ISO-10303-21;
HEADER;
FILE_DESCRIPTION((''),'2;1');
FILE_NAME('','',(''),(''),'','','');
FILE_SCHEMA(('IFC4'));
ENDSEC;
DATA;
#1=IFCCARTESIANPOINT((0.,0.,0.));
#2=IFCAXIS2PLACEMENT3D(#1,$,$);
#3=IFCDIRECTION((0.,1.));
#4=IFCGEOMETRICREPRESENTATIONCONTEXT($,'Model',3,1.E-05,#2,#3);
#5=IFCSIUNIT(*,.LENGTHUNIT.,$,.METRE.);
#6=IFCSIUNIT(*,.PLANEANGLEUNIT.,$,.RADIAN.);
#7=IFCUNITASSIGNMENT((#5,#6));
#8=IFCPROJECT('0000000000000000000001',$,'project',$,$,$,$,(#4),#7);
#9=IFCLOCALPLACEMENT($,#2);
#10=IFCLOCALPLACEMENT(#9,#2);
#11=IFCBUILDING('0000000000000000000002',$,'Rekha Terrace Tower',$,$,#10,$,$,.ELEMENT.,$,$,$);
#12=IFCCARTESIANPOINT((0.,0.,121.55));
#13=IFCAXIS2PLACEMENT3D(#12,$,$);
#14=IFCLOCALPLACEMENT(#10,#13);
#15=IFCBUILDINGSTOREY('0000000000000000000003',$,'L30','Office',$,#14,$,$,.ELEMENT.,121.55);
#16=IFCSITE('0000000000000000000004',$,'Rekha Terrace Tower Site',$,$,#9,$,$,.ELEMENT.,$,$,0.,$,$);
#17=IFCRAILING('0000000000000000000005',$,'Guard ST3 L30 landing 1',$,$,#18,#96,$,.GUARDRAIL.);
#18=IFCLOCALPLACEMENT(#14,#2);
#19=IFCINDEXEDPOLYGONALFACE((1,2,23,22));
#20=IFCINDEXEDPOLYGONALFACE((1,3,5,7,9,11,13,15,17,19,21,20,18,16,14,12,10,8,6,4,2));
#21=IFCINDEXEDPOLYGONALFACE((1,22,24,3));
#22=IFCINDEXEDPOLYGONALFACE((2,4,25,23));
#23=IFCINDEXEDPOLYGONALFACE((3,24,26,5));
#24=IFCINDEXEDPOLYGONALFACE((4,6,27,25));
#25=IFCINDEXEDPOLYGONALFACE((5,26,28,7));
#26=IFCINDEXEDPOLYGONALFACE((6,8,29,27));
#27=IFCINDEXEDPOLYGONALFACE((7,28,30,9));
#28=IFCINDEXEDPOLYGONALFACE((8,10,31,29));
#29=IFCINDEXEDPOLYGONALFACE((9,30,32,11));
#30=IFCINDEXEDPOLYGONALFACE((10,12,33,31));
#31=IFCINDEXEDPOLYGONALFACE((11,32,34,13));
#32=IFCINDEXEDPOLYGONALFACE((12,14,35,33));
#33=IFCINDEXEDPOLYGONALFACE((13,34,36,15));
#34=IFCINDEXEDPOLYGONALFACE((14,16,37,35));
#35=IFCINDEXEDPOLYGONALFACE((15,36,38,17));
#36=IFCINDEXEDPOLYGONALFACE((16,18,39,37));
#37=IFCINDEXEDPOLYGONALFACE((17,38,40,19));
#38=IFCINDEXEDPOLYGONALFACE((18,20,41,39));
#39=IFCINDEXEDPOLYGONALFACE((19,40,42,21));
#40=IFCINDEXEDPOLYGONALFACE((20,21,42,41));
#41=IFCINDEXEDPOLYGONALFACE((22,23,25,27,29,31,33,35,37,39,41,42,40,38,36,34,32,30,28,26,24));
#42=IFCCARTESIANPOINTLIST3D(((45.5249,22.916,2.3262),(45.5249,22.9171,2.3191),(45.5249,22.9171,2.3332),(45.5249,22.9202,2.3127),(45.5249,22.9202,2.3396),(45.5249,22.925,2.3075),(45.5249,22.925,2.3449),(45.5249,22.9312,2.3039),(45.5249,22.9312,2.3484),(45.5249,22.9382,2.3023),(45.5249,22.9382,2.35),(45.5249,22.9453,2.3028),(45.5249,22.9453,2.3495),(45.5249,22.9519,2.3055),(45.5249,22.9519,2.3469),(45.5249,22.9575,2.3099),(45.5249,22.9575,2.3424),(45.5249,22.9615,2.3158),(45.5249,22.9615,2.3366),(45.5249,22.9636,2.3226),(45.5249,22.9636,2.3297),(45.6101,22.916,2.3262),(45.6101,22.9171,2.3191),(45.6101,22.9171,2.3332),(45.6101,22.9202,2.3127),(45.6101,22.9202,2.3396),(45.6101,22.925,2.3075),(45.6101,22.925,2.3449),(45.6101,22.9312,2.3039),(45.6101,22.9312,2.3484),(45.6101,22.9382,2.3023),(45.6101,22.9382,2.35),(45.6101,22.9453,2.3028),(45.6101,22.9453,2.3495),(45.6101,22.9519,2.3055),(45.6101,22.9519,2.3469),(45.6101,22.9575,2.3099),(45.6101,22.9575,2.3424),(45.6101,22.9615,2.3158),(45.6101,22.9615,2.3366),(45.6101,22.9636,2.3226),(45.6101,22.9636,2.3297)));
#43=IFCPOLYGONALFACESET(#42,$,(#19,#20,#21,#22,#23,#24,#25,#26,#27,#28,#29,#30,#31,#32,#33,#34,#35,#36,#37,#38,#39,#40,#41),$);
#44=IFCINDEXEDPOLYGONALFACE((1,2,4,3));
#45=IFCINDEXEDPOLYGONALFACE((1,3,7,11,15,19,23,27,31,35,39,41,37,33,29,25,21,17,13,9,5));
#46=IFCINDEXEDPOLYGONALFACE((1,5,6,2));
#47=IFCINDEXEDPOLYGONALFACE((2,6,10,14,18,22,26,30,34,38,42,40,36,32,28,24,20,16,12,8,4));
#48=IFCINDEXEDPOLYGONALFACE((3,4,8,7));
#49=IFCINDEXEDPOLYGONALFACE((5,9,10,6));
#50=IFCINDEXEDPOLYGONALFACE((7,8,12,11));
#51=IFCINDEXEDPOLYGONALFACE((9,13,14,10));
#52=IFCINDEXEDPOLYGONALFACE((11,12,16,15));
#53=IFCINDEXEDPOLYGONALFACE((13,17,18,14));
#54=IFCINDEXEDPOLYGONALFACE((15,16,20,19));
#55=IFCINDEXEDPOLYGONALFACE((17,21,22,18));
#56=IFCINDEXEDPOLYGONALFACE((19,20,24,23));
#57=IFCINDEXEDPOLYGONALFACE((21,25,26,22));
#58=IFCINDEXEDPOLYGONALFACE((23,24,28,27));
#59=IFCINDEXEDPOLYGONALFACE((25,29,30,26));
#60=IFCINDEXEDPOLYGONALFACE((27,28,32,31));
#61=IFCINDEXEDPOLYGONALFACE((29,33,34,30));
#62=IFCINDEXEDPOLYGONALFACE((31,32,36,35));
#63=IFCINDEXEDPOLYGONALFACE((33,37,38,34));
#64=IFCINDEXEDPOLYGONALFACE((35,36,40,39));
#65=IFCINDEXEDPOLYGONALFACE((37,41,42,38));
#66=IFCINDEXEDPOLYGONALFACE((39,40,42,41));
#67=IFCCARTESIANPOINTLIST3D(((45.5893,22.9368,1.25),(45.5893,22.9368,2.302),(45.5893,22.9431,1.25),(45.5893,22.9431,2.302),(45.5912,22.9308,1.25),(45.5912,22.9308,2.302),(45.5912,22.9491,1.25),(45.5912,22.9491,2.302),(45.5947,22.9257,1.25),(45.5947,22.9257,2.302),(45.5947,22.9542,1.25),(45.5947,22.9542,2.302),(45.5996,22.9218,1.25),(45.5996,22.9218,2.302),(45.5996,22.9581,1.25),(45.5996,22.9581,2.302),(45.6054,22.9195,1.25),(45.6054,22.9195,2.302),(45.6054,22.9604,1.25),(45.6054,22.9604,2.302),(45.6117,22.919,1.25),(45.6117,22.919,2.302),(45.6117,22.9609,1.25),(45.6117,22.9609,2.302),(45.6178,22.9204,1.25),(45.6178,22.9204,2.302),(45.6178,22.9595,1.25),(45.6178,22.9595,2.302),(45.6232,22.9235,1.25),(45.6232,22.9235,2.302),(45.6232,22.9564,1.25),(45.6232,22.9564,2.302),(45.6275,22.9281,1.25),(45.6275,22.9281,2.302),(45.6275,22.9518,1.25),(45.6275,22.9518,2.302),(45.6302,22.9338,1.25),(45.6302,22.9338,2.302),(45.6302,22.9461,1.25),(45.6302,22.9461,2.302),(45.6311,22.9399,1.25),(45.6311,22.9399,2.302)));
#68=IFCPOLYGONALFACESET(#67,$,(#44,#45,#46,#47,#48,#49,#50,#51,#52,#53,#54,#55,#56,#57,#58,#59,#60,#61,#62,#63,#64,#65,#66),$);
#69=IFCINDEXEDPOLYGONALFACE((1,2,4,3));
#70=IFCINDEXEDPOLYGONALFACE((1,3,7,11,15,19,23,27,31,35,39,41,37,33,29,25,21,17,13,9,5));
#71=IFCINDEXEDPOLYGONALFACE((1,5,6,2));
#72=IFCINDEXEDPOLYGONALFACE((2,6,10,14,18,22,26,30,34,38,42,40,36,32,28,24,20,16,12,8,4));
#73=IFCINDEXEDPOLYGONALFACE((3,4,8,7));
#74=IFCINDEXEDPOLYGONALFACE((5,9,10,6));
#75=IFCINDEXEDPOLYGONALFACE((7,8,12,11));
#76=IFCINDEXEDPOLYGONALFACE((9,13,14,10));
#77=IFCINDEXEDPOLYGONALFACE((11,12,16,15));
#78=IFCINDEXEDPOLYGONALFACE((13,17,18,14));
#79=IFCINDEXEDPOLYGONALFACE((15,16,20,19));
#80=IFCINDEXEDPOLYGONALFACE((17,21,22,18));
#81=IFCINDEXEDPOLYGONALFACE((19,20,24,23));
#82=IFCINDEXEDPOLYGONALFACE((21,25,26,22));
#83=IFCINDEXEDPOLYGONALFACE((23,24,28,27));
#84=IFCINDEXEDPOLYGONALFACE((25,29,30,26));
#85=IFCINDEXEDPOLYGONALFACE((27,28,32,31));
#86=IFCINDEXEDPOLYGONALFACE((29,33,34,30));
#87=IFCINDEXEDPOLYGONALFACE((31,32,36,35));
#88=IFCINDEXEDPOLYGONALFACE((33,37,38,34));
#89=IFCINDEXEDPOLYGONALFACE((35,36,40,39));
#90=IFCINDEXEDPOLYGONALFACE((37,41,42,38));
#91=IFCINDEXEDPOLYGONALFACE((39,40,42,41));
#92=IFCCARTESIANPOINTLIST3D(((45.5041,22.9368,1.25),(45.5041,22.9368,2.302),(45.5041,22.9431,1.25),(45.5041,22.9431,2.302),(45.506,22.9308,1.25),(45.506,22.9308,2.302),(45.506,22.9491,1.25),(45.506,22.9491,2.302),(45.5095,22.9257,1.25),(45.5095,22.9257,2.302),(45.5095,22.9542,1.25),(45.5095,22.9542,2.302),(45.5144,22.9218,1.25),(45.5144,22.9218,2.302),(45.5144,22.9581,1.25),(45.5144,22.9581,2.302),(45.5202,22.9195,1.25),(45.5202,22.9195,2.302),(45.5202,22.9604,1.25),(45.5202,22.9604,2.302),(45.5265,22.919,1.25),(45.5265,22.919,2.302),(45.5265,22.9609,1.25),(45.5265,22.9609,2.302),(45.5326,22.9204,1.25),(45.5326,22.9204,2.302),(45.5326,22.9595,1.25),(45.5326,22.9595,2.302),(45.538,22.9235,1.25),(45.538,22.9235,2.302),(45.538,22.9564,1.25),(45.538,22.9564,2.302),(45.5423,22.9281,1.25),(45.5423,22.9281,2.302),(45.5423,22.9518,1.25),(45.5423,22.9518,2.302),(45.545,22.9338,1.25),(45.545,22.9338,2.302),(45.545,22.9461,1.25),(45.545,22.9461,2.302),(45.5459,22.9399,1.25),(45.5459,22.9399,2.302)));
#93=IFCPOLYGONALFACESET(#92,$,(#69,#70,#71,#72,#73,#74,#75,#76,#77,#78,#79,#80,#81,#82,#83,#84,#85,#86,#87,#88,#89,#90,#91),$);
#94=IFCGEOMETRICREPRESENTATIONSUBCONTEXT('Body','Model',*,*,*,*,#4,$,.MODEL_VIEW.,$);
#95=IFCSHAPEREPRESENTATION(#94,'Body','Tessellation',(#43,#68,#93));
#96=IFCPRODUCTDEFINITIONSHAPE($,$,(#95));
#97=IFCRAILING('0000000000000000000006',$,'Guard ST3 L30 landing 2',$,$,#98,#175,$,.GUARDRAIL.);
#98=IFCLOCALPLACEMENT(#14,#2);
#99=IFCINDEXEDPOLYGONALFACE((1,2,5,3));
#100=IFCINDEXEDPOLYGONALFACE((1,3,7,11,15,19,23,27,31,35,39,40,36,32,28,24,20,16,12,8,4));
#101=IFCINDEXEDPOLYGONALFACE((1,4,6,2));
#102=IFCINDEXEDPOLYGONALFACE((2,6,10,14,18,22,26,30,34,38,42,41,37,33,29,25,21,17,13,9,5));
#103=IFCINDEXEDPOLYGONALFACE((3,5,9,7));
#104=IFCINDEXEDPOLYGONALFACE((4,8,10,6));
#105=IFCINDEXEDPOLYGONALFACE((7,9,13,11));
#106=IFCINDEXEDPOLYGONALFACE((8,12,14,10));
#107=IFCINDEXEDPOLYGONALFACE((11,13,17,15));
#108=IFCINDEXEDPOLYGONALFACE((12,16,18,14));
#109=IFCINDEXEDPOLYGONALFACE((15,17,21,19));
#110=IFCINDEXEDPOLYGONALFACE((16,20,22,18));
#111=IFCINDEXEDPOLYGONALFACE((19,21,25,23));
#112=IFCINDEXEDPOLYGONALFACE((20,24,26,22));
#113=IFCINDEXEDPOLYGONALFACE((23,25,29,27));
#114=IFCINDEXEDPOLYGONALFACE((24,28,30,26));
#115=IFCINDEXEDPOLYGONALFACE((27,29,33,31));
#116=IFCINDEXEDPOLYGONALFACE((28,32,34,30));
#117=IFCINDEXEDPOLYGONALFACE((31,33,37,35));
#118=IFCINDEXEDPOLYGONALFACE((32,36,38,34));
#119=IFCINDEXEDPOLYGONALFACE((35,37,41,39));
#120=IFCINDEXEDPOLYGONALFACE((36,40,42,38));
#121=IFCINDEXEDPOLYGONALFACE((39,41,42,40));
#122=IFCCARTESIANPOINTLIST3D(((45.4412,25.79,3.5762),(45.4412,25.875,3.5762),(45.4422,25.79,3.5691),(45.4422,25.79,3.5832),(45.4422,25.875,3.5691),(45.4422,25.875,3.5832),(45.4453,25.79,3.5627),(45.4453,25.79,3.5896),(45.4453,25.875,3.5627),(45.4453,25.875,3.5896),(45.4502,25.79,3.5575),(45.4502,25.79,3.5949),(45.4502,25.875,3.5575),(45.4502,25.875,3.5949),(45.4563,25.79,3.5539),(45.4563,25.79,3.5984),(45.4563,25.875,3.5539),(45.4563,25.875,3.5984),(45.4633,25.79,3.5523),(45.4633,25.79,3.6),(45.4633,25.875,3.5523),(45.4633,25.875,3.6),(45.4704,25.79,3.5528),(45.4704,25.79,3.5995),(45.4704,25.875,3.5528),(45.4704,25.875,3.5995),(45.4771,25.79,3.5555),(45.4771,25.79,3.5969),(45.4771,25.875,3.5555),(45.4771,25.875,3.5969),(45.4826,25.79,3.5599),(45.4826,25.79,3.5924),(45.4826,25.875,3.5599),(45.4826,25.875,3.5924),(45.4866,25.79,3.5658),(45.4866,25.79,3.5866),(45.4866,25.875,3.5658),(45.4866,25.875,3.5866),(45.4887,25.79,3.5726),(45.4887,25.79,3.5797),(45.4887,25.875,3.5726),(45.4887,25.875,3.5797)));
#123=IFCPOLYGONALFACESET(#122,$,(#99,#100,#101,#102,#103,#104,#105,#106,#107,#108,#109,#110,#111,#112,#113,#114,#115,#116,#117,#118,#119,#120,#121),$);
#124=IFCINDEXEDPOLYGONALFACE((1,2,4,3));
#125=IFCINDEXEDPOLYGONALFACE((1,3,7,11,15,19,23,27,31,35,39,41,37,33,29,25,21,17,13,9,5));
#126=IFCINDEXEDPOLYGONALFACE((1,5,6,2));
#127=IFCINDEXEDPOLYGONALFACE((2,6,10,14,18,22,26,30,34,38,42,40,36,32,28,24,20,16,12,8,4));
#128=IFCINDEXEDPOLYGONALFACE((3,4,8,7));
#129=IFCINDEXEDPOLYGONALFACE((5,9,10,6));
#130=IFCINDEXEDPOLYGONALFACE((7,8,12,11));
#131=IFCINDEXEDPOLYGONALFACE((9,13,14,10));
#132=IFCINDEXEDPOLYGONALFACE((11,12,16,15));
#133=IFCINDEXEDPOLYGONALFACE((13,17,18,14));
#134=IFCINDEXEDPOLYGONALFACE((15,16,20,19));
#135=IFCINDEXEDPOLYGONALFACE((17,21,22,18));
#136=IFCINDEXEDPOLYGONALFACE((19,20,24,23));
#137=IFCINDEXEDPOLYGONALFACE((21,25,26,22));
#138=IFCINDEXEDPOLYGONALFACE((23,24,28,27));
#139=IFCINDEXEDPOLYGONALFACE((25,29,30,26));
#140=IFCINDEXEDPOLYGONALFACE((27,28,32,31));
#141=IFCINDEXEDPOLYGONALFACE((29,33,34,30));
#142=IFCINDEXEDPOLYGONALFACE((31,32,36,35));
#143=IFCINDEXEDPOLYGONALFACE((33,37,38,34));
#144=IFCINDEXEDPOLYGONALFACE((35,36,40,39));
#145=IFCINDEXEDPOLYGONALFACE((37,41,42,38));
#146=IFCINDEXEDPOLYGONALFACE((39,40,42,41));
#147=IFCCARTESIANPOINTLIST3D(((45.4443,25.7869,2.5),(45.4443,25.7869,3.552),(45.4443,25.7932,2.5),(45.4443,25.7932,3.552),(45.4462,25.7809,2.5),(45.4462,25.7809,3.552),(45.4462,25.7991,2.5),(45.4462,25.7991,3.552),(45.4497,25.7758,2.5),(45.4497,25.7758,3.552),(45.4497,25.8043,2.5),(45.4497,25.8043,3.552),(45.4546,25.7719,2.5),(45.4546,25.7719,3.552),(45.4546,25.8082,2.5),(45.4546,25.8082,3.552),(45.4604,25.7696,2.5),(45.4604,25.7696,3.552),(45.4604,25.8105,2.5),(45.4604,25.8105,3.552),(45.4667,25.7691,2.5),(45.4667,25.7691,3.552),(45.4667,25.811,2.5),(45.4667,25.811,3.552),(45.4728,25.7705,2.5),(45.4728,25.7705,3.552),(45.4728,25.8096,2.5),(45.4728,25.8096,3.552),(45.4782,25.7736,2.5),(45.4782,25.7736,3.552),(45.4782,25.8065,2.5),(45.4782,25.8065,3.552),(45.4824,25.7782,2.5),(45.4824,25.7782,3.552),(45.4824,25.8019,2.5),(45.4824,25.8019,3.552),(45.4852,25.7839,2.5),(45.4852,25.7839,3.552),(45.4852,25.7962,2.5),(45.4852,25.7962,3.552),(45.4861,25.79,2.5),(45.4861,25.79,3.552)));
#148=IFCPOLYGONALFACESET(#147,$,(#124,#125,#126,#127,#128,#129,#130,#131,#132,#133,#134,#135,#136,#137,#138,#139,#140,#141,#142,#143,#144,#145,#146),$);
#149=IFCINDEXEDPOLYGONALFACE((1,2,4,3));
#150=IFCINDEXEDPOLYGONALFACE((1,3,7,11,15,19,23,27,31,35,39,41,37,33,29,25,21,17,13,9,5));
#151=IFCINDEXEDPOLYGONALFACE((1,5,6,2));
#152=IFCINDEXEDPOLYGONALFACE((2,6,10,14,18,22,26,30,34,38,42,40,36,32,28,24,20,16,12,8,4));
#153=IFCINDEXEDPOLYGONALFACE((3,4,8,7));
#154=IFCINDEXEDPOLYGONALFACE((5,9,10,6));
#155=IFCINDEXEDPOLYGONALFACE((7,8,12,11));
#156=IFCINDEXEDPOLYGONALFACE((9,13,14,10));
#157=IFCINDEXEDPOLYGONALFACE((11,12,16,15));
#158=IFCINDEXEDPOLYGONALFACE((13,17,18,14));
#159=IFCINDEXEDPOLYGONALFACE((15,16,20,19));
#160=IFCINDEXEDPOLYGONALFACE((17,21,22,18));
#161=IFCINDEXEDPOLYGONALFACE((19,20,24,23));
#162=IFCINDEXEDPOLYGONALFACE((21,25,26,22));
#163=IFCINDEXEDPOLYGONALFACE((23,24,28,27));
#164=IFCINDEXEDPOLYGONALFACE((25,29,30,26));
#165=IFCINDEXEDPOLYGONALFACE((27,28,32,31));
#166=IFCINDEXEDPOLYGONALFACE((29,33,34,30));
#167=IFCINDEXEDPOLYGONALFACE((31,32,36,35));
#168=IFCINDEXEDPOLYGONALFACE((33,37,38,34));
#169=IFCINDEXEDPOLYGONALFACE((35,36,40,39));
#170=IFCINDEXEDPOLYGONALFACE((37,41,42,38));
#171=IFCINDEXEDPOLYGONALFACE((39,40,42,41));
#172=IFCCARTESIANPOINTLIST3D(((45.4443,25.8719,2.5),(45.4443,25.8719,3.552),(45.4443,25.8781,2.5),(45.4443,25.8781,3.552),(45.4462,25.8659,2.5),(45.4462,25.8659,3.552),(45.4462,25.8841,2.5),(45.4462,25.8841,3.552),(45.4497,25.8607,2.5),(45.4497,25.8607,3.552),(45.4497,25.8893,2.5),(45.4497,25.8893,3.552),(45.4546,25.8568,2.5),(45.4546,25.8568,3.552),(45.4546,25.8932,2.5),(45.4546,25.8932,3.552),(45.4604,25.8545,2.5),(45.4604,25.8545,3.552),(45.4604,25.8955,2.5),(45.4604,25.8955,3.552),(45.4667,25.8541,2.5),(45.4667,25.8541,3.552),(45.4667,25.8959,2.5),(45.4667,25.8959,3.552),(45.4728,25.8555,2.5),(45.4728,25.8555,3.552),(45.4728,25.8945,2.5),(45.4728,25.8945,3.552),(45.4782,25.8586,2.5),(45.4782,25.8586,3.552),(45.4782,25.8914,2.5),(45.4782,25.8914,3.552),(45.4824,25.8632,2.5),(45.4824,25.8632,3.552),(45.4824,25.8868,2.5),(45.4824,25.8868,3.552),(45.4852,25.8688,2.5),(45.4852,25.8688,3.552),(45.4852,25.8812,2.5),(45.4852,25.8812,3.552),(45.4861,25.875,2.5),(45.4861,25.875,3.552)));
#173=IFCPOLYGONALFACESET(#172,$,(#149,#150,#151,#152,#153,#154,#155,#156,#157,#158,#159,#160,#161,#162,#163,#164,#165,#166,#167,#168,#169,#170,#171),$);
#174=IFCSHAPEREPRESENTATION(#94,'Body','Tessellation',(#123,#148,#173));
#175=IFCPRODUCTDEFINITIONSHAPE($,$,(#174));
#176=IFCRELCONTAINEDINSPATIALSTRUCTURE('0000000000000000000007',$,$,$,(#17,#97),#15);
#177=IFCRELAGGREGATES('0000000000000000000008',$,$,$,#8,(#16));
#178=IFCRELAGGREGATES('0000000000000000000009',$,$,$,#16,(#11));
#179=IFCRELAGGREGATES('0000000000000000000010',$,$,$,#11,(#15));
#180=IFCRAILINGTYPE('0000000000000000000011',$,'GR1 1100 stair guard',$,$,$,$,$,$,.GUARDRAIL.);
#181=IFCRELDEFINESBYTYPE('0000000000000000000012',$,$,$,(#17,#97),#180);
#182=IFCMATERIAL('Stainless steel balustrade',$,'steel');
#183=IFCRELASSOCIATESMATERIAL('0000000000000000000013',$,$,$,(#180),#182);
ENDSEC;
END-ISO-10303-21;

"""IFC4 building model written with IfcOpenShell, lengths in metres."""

from ifc_helpers import new_model, si_unit, direction, frame, origin, origin_2d, place, context, subcontext, project, spatial, circle, extrude, material, type_object, element, save


model = new_model("IFC4")

# Units and contexts
model_context = context("Model", 3, precision=1e-05, world=origin(), true_north=direction((0.0, 1.0)))
body_context = subcontext(model_context, "Body", "Model", "MODEL_VIEW")
ifc_project = project(units=[si_unit("LENGTHUNIT", "METRE"), si_unit("PLANEANGLEUNIT", "RADIAN")], contexts=[model_context])

# Site, building, storey
site_placement = place(None, origin())
site = spatial("IfcSite", under=ifc_project, at=site_placement, Name="Rekha Terrace Tower Site", CompositionType="ELEMENT", RefElevation=0.0)
building_placement = place(site_placement, origin())
building = spatial("IfcBuilding", under=site, at=building_placement, Name="Rekha Terrace Tower", CompositionType="ELEMENT")
storey_placement = place(building_placement, frame((0.0, 0.0, 121.55)))
storey = spatial("IfcBuildingStorey", under=building, at=storey_placement, Name="L30", Description="Office", CompositionType="ELEMENT", Elevation=121.55)

# Railings
ifc_material_1 = material(Name="Stainless steel balustrade", Category="steel")
railing_type_1 = type_object("IfcRailingType", Name="GR1 1100 stair guard", PredefinedType="GUARDRAIL", material=ifc_material_1)
railing_1_placement = place(storey_placement, frame((45.6101, 22.9399, 1.25)))
element("IfcRailing", 1, at=railing_1_placement, inside=storey, type_object=railing_type_1, Name="Guard ST3 L30 landing 1", PredefinedType="GUARDRAIL", context=body_context, shape_type="SweptSolid", body=[
    extrude(circle(Radius=0.0239, at=origin_2d()), frame((0.0, 0.0, 1.0762), z_axis=(-1.0, 0.0, 0.0), x_axis=(0.0, -1.0, 0.0)), (0.0, 0.0, 1.0), 0.0852),
    extrude(circle(Radius=0.021, at=origin_2d()), origin(), (0.0, 0.0, 1.0), 1.052),
    extrude(circle(Radius=0.021, at=origin_2d()), frame((-0.0852, 0.0, 0.0)), (0.0, 0.0, 1.0), 1.052),
])
railing_2_placement = place(storey_placement, frame((45.4651, 25.79, 2.5)))
element("IfcRailing", 2, at=railing_2_placement, inside=storey, type_object=railing_type_1, Name="Guard ST3 L30 landing 2", PredefinedType="GUARDRAIL", context=body_context, shape_type="SweptSolid", body=[
    extrude(circle(Radius=0.0239, at=origin_2d()), frame((0.0, 0.0, 1.0762), z_axis=(0.0, 1.0, 0.0), x_axis=(-1.0, 0.0, 0.0)), (0.0, 0.0, 1.0), 0.085),
    extrude(circle(Radius=0.021, at=origin_2d()), origin(), (0.0, 0.0, 1.0), 1.052),
    extrude(circle(Radius=0.021, at=origin_2d()), frame((0.0, 0.085, 0.0)), (0.0, 0.0, 1.0), 1.052),
])

save(model, "model.ifc")
